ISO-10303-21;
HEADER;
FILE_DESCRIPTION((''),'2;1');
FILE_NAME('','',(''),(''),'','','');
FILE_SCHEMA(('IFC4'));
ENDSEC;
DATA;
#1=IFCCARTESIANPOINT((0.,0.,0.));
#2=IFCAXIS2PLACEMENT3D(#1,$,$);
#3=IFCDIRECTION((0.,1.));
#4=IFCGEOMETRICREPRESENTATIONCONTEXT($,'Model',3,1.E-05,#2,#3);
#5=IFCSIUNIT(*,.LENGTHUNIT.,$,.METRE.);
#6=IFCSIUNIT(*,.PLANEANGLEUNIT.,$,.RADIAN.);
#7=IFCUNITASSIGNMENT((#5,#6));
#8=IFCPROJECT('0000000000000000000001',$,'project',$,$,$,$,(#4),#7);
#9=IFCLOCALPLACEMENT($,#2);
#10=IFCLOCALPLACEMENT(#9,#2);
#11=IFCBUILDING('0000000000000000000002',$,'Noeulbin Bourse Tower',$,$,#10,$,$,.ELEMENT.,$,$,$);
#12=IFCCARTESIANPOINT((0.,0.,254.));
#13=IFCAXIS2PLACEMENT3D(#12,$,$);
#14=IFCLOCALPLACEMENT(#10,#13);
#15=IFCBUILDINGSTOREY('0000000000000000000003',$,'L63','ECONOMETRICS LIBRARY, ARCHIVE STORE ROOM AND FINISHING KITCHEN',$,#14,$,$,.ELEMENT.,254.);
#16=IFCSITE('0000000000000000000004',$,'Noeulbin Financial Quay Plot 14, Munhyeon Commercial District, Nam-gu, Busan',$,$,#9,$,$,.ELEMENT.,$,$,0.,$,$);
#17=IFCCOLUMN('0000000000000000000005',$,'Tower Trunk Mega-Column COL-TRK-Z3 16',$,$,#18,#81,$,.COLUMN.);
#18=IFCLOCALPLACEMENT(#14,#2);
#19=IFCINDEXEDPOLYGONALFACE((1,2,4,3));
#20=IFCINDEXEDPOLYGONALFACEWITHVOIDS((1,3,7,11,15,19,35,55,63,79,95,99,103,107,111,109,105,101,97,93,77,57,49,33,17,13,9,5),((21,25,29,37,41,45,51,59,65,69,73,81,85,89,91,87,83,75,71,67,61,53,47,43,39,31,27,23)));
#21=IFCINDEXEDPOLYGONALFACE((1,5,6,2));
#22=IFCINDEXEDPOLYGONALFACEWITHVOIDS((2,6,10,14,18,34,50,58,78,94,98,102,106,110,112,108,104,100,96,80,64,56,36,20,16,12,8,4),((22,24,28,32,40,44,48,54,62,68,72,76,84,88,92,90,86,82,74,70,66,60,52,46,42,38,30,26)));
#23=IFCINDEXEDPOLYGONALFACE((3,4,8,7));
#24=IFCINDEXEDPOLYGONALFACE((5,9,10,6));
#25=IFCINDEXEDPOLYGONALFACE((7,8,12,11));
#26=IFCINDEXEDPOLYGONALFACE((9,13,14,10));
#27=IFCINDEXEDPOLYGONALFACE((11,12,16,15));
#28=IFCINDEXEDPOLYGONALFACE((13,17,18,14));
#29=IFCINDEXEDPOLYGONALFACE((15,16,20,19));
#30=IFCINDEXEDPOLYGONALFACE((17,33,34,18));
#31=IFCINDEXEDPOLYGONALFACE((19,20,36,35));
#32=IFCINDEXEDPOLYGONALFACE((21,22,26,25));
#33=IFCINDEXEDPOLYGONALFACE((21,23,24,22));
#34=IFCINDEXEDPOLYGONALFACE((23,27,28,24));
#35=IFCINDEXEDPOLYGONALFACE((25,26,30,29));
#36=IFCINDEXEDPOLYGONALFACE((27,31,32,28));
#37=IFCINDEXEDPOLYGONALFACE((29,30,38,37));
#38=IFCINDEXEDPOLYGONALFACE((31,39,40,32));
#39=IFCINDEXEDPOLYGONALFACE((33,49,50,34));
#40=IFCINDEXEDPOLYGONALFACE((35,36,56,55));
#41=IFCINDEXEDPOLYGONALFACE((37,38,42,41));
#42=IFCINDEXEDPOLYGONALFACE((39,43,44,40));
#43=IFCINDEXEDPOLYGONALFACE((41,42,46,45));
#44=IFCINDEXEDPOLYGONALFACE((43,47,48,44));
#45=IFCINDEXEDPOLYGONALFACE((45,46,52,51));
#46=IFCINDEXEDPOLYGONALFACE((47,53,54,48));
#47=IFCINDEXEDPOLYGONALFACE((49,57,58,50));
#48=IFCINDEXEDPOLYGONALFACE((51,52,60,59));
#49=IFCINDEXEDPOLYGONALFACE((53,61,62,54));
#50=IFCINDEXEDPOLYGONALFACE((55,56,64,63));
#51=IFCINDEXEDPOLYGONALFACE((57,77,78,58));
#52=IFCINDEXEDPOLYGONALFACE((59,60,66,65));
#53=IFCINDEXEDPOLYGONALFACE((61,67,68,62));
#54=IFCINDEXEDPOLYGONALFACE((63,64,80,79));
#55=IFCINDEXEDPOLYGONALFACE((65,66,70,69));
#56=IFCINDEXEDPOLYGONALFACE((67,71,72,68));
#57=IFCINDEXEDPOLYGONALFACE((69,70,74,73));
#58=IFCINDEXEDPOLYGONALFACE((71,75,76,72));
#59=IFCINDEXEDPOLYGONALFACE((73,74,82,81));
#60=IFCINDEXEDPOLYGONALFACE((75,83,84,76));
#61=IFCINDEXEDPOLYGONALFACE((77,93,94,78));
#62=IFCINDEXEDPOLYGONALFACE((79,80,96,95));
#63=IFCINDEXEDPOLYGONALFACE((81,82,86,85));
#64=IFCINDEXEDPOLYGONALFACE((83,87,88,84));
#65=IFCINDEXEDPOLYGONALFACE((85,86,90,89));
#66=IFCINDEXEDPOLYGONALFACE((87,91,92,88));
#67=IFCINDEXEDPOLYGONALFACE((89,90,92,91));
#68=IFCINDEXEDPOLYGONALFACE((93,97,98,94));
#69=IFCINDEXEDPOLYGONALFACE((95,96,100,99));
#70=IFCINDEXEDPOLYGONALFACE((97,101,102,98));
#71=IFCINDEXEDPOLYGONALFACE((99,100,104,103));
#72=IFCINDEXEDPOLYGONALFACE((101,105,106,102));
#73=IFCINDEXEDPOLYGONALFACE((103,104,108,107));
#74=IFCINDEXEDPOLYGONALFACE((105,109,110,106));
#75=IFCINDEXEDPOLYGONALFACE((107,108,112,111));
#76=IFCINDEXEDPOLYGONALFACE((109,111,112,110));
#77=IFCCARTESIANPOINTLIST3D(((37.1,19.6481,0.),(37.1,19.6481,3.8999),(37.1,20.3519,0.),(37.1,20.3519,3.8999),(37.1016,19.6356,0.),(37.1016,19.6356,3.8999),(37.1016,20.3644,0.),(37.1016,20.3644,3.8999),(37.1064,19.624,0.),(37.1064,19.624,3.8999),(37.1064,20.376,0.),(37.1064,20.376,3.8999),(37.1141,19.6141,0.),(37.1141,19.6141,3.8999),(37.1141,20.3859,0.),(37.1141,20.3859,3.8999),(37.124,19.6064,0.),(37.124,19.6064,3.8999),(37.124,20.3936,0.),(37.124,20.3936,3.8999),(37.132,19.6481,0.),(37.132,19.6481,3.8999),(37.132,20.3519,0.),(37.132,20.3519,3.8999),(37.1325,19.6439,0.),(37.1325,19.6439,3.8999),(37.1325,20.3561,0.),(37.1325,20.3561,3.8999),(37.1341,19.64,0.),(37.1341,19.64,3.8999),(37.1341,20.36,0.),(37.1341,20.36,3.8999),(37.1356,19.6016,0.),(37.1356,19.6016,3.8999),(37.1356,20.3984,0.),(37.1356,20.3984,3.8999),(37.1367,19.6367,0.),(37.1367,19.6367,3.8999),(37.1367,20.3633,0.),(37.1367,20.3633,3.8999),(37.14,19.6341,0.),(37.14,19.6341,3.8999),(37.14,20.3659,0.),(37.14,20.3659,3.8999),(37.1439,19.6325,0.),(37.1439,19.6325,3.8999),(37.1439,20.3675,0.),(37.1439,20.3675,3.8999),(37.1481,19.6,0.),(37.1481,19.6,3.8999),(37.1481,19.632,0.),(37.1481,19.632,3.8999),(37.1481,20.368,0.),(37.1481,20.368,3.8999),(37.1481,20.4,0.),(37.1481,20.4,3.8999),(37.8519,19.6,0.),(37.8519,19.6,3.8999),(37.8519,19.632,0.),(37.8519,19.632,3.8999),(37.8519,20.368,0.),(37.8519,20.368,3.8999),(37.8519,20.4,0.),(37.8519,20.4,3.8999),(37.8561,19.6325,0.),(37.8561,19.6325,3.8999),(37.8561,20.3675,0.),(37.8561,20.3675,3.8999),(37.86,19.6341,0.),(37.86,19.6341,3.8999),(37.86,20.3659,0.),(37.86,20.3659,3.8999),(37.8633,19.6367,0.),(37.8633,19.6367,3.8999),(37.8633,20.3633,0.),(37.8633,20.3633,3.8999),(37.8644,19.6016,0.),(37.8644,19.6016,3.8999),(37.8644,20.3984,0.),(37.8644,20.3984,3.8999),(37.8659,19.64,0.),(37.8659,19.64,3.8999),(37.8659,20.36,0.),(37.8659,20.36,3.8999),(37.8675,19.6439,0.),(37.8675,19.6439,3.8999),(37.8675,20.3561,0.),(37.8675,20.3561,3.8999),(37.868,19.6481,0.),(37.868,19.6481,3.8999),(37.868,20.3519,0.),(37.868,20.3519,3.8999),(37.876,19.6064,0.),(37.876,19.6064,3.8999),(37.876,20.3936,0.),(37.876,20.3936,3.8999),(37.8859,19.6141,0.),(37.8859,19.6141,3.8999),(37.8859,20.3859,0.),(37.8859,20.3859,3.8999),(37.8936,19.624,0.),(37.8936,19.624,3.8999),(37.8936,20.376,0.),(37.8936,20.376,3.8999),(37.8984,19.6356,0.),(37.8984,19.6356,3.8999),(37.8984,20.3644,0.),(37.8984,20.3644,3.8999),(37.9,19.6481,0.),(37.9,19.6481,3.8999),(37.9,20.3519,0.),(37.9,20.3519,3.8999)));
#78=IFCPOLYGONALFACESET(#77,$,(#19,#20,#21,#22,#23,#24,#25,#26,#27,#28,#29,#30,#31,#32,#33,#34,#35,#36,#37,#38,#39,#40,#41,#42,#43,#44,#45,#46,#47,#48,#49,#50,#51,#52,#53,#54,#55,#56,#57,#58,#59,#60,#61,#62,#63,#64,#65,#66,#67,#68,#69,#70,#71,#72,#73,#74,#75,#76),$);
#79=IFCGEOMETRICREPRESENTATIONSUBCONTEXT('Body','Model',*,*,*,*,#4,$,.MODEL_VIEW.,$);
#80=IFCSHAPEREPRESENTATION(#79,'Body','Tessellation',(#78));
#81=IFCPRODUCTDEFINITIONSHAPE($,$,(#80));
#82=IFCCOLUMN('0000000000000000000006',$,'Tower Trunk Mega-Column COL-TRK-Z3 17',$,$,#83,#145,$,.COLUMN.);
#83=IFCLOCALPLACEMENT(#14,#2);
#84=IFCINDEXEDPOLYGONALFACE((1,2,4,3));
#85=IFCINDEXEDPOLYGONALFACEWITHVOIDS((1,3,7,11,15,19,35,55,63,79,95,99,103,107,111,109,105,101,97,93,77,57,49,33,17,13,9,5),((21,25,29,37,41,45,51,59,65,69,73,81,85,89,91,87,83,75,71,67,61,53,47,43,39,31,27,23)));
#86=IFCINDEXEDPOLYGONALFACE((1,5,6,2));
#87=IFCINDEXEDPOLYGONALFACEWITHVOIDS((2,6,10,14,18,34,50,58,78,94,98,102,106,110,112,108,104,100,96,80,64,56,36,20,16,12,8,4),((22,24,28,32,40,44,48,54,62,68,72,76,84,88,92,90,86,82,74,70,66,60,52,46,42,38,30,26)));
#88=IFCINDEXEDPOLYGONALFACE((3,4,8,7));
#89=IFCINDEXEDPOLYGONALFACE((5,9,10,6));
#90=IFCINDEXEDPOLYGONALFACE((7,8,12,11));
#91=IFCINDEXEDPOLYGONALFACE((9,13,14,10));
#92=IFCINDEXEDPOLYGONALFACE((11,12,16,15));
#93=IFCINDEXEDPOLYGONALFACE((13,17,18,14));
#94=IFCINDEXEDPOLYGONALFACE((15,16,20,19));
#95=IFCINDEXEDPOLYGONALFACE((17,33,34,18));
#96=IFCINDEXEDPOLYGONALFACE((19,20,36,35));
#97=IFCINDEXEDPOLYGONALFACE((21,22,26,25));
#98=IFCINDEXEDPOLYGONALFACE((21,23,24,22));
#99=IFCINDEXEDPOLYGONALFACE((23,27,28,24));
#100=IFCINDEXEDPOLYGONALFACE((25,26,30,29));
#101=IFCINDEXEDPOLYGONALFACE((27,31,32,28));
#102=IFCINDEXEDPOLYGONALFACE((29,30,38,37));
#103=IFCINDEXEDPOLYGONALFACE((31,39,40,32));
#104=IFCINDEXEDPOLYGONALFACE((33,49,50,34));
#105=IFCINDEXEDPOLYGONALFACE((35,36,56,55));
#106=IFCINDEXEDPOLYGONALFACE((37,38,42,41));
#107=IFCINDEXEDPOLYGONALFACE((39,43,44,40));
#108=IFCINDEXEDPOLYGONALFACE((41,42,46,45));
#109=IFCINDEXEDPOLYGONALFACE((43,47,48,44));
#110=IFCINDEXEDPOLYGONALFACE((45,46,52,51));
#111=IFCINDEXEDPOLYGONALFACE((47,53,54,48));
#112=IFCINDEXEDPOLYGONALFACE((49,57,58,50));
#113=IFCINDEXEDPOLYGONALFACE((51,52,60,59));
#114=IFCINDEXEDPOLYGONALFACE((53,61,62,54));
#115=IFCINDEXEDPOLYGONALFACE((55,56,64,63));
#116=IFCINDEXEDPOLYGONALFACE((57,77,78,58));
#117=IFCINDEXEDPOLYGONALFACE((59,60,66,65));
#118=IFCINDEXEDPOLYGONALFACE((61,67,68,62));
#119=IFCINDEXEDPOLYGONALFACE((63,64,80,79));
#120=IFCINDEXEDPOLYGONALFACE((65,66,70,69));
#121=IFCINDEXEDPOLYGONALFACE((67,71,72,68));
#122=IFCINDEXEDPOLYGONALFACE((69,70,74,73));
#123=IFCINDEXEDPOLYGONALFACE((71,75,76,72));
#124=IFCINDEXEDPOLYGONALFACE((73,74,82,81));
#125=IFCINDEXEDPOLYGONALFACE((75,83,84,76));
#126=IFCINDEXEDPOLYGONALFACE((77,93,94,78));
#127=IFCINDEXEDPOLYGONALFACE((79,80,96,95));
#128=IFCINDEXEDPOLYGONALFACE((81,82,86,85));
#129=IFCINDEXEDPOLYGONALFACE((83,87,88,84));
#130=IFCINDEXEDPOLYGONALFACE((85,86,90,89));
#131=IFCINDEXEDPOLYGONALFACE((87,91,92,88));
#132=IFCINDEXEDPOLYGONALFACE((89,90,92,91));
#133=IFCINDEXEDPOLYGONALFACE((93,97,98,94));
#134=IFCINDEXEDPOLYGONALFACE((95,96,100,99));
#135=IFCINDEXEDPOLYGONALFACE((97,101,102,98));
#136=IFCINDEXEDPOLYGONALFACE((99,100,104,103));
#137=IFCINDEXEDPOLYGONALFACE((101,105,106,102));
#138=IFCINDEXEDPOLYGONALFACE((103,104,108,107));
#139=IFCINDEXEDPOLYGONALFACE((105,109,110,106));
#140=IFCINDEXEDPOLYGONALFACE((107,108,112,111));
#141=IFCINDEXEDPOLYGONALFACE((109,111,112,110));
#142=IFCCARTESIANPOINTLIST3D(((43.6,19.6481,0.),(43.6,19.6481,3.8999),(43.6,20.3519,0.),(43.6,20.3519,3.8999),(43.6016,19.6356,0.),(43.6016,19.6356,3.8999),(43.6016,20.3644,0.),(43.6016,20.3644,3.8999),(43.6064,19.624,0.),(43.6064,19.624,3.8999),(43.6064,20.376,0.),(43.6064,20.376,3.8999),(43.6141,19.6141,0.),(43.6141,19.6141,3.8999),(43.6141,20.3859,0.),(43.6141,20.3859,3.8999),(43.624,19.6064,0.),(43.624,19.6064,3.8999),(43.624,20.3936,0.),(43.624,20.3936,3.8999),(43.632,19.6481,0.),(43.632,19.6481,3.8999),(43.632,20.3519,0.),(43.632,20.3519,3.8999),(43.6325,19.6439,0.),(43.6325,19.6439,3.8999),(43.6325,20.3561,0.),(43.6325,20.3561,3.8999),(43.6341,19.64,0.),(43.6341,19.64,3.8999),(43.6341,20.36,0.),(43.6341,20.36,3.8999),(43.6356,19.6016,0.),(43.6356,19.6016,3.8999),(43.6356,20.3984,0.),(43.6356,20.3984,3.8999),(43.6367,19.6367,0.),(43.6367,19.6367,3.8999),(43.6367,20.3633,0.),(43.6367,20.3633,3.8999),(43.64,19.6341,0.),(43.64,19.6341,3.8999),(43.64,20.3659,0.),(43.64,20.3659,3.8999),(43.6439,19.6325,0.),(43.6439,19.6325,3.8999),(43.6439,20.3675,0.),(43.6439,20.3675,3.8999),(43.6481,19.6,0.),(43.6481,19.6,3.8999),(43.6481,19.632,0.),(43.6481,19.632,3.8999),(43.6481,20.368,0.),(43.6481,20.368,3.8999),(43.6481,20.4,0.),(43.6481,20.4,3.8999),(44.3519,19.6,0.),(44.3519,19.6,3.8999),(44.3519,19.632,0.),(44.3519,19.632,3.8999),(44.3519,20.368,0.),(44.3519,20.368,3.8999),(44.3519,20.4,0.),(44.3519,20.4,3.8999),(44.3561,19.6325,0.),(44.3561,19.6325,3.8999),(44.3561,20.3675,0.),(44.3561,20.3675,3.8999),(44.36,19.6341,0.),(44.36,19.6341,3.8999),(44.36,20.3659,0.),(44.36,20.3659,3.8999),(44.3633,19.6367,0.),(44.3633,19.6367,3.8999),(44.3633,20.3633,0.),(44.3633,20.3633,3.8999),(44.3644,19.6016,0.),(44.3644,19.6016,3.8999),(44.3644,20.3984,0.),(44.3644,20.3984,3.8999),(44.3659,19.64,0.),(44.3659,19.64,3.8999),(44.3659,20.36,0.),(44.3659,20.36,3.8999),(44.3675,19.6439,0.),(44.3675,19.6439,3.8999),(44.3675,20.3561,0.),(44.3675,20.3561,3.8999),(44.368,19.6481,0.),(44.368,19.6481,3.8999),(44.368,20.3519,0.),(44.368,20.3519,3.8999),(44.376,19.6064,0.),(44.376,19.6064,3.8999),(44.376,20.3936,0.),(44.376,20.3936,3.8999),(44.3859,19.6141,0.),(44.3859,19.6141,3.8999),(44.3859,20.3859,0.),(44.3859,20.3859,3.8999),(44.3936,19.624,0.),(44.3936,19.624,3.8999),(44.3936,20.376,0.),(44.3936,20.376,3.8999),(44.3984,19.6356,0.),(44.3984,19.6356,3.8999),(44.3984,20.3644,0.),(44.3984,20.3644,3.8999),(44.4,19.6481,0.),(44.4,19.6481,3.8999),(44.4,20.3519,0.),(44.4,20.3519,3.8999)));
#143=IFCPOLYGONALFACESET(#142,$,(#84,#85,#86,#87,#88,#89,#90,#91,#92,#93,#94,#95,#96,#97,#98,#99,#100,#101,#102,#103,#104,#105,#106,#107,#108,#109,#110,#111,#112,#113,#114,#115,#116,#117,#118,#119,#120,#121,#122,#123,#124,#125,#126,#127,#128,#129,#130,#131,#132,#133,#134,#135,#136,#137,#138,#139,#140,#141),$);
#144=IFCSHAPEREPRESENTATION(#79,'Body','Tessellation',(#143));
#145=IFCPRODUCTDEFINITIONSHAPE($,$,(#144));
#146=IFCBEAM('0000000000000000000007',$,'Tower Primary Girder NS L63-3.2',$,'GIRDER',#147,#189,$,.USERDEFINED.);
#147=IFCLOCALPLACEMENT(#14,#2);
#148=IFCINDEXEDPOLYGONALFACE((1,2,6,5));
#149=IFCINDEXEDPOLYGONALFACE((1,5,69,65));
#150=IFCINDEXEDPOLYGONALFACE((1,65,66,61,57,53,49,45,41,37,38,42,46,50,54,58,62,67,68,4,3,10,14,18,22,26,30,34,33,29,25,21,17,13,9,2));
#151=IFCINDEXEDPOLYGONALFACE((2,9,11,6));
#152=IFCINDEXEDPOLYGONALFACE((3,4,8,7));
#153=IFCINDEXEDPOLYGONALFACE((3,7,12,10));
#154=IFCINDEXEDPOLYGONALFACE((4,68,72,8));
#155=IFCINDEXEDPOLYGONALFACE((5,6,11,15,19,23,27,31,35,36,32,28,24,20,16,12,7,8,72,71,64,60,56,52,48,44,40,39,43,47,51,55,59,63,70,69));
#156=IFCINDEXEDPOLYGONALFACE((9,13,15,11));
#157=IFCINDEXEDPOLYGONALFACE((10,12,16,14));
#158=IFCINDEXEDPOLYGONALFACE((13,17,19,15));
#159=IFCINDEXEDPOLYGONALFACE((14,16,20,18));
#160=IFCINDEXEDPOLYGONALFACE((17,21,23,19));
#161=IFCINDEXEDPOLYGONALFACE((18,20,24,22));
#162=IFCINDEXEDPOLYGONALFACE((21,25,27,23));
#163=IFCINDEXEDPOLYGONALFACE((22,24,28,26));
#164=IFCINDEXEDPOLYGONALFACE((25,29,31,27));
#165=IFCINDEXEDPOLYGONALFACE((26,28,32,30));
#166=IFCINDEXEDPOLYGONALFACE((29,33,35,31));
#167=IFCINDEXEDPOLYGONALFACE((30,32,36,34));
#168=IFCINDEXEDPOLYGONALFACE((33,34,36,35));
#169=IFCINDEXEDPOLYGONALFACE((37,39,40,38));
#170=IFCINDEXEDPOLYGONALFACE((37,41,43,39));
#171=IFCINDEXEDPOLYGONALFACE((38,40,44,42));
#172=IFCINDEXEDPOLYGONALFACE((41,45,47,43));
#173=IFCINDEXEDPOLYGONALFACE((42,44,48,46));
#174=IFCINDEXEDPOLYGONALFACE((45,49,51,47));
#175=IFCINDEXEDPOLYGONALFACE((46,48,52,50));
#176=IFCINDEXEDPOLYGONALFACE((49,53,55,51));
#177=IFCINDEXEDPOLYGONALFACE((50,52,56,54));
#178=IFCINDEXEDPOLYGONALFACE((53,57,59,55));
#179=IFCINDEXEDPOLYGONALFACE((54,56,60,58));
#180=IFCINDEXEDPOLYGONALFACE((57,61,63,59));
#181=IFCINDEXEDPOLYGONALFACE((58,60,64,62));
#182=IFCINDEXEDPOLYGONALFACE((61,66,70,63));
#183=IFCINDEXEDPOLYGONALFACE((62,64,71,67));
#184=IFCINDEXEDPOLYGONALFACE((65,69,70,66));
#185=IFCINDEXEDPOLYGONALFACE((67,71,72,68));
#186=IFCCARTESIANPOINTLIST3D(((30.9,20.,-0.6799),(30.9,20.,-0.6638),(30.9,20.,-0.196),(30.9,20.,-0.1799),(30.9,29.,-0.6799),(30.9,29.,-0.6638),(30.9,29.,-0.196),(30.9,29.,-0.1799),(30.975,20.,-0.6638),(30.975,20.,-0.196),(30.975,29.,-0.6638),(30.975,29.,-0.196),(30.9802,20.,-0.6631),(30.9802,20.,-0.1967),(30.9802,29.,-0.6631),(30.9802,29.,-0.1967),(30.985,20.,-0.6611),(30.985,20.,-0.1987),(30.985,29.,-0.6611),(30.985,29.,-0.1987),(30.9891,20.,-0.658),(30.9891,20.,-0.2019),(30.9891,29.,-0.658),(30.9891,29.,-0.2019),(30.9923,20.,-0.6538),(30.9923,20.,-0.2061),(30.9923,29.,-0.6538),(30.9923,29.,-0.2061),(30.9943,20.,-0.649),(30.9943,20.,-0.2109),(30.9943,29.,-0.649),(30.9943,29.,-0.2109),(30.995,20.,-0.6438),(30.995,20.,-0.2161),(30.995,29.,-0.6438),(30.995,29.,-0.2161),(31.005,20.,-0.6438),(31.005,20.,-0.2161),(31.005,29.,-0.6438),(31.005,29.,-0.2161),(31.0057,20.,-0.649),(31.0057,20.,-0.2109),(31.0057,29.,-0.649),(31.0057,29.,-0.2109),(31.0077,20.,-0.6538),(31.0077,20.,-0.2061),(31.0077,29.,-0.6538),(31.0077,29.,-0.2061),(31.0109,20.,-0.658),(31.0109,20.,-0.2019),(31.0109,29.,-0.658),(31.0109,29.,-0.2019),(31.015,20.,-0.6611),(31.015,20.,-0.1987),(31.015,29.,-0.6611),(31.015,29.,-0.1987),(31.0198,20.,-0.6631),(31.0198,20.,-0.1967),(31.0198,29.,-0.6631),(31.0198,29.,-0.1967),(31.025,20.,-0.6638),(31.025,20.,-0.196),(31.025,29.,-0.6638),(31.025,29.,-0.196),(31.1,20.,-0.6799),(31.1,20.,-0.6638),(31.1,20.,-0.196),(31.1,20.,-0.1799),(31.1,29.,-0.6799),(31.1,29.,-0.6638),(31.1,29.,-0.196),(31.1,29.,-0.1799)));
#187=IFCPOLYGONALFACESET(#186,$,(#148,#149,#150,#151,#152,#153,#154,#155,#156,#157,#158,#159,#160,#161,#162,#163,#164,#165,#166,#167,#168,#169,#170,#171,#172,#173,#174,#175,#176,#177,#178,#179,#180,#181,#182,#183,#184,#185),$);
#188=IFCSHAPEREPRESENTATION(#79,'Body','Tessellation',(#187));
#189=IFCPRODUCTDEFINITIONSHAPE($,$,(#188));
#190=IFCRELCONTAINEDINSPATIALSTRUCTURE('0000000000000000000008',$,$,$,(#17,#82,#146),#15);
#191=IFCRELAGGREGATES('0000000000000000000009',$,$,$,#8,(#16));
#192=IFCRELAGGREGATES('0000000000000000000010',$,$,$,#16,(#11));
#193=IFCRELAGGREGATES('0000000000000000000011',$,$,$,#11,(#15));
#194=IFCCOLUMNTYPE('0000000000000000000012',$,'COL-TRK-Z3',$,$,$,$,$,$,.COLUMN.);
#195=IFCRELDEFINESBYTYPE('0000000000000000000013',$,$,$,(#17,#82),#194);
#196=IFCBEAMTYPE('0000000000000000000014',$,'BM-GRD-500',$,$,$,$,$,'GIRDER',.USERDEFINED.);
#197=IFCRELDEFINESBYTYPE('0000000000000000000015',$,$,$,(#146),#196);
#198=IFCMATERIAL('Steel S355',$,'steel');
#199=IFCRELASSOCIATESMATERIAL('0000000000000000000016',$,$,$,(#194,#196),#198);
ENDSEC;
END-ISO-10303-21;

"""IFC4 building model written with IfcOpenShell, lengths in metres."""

from ifc_helpers import new_model, si_unit, direction, frame, origin, origin_2d, place, context, subcontext, project, spatial, hollow_rectangle, i_section, extrude, material, material_profile, profile_set, type_object, element, save


model = new_model("IFC4")

# Units and contexts
model_context = context("Model", 3, precision=1e-05, world=origin(), true_north=direction((0.0, 1.0)))
body_context = subcontext(model_context, "Body", "Model", "MODEL_VIEW")
ifc_project = project(units=[si_unit("LENGTHUNIT", "METRE"), si_unit("PLANEANGLEUNIT", "RADIAN")], contexts=[model_context])

# Site, building, storey
site_placement = place(None, origin())
site = spatial("IfcSite", under=ifc_project, at=site_placement, Name="Noeulbin Financial Quay Plot 14, Munhyeon Commercial District, Nam-gu, Busan", CompositionType="ELEMENT", RefElevation=0.0)
building_placement = place(site_placement, origin())
building = spatial("IfcBuilding", under=site, at=building_placement, Name="Noeulbin Bourse Tower", CompositionType="ELEMENT")
storey_placement = place(building_placement, frame((0.0, 0.0, 254.0)))
storey = spatial("IfcBuildingStorey", under=building, at=storey_placement, Name="L63", Description="ECONOMETRICS LIBRARY, ARCHIVE STORE ROOM AND FINISHING KITCHEN", CompositionType="ELEMENT", Elevation=254.0)

# Columns
ifc_material_1 = material(Name="Steel S355", Category="steel")
ifc_material_profile_1 = material_profile(ifc_material_1, hollow_rectangle(XDim=0.8, YDim=0.8, WallThickness=0.032, InnerFilletRadius=0.0161, OuterFilletRadius=0.0481, at=origin_2d()), Name="BOX-800x800x32", Category="LoadBearing")
ifc_profile_set_1 = profile_set([ifc_material_profile_1], Name="Steel S355")
column_type_1 = type_object("IfcColumnType", Name="COL-TRK-Z3", PredefinedType="COLUMN", material=ifc_profile_set_1)
for number, where, z_axis, x_axis, name in (
    (1, (37.5, 20.0, 0.0), (0.0, 0.0, 1.0), (1.0, 0.0, 0.0), "Tower Trunk Mega-Column COL-TRK-Z3 16"),
    (2, (44.0, 20.0, 0.0), (0.0, 0.0, 1.0), (1.0, 0.0, 0.0), "Tower Trunk Mega-Column COL-TRK-Z3 17"),
):
    element("IfcColumn", number, at=place(storey_placement, frame(where, z_axis=z_axis, x_axis=x_axis)), inside=storey, type_object=column_type_1, Name=name, PredefinedType="COLUMN", context=body_context, shape_type="SweptSolid", body=[
        extrude(hollow_rectangle(XDim=0.8, YDim=0.8, WallThickness=0.032, InnerFilletRadius=0.0161, OuterFilletRadius=0.0481, at=origin_2d()), origin(), (0.0, 0.0, 1.0), 3.8999),
    ])

# Beam
ifc_material_profile_2 = material_profile(ifc_material_1, i_section(OverallWidth=0.2, OverallDepth=0.5, WebThickness=0.01, FlangeThickness=0.0161, FilletRadius=0.02, at=origin_2d()), Name="H-500x200x10x16", Category="LoadBearing")
ifc_profile_set_2 = profile_set([ifc_material_profile_2], Name="Steel S355")
beam_type_1 = type_object("IfcBeamType", Name="BM-GRD-500", ElementType="GIRDER", PredefinedType="USERDEFINED", material=ifc_profile_set_2)
beam_1_placement = place(storey_placement, frame((31.0, 20.0, -0.4299), z_axis=(0.0, 1.0, 0.0), x_axis=(-1.0, 0.0, 0.0)))
element("IfcBeam", 3, at=beam_1_placement, inside=storey, type_object=beam_type_1, Name="Tower Primary Girder NS L63-3.2", ObjectType="GIRDER", PredefinedType="USERDEFINED", context=body_context, shape_type="SweptSolid", body=[
    extrude(i_section(OverallWidth=0.2, OverallDepth=0.5, WebThickness=0.01, FlangeThickness=0.0161, FilletRadius=0.02, at=origin_2d()), origin(), (0.0, 0.0, 1.0), 9.0),
])

save(model, "model.ifc")
